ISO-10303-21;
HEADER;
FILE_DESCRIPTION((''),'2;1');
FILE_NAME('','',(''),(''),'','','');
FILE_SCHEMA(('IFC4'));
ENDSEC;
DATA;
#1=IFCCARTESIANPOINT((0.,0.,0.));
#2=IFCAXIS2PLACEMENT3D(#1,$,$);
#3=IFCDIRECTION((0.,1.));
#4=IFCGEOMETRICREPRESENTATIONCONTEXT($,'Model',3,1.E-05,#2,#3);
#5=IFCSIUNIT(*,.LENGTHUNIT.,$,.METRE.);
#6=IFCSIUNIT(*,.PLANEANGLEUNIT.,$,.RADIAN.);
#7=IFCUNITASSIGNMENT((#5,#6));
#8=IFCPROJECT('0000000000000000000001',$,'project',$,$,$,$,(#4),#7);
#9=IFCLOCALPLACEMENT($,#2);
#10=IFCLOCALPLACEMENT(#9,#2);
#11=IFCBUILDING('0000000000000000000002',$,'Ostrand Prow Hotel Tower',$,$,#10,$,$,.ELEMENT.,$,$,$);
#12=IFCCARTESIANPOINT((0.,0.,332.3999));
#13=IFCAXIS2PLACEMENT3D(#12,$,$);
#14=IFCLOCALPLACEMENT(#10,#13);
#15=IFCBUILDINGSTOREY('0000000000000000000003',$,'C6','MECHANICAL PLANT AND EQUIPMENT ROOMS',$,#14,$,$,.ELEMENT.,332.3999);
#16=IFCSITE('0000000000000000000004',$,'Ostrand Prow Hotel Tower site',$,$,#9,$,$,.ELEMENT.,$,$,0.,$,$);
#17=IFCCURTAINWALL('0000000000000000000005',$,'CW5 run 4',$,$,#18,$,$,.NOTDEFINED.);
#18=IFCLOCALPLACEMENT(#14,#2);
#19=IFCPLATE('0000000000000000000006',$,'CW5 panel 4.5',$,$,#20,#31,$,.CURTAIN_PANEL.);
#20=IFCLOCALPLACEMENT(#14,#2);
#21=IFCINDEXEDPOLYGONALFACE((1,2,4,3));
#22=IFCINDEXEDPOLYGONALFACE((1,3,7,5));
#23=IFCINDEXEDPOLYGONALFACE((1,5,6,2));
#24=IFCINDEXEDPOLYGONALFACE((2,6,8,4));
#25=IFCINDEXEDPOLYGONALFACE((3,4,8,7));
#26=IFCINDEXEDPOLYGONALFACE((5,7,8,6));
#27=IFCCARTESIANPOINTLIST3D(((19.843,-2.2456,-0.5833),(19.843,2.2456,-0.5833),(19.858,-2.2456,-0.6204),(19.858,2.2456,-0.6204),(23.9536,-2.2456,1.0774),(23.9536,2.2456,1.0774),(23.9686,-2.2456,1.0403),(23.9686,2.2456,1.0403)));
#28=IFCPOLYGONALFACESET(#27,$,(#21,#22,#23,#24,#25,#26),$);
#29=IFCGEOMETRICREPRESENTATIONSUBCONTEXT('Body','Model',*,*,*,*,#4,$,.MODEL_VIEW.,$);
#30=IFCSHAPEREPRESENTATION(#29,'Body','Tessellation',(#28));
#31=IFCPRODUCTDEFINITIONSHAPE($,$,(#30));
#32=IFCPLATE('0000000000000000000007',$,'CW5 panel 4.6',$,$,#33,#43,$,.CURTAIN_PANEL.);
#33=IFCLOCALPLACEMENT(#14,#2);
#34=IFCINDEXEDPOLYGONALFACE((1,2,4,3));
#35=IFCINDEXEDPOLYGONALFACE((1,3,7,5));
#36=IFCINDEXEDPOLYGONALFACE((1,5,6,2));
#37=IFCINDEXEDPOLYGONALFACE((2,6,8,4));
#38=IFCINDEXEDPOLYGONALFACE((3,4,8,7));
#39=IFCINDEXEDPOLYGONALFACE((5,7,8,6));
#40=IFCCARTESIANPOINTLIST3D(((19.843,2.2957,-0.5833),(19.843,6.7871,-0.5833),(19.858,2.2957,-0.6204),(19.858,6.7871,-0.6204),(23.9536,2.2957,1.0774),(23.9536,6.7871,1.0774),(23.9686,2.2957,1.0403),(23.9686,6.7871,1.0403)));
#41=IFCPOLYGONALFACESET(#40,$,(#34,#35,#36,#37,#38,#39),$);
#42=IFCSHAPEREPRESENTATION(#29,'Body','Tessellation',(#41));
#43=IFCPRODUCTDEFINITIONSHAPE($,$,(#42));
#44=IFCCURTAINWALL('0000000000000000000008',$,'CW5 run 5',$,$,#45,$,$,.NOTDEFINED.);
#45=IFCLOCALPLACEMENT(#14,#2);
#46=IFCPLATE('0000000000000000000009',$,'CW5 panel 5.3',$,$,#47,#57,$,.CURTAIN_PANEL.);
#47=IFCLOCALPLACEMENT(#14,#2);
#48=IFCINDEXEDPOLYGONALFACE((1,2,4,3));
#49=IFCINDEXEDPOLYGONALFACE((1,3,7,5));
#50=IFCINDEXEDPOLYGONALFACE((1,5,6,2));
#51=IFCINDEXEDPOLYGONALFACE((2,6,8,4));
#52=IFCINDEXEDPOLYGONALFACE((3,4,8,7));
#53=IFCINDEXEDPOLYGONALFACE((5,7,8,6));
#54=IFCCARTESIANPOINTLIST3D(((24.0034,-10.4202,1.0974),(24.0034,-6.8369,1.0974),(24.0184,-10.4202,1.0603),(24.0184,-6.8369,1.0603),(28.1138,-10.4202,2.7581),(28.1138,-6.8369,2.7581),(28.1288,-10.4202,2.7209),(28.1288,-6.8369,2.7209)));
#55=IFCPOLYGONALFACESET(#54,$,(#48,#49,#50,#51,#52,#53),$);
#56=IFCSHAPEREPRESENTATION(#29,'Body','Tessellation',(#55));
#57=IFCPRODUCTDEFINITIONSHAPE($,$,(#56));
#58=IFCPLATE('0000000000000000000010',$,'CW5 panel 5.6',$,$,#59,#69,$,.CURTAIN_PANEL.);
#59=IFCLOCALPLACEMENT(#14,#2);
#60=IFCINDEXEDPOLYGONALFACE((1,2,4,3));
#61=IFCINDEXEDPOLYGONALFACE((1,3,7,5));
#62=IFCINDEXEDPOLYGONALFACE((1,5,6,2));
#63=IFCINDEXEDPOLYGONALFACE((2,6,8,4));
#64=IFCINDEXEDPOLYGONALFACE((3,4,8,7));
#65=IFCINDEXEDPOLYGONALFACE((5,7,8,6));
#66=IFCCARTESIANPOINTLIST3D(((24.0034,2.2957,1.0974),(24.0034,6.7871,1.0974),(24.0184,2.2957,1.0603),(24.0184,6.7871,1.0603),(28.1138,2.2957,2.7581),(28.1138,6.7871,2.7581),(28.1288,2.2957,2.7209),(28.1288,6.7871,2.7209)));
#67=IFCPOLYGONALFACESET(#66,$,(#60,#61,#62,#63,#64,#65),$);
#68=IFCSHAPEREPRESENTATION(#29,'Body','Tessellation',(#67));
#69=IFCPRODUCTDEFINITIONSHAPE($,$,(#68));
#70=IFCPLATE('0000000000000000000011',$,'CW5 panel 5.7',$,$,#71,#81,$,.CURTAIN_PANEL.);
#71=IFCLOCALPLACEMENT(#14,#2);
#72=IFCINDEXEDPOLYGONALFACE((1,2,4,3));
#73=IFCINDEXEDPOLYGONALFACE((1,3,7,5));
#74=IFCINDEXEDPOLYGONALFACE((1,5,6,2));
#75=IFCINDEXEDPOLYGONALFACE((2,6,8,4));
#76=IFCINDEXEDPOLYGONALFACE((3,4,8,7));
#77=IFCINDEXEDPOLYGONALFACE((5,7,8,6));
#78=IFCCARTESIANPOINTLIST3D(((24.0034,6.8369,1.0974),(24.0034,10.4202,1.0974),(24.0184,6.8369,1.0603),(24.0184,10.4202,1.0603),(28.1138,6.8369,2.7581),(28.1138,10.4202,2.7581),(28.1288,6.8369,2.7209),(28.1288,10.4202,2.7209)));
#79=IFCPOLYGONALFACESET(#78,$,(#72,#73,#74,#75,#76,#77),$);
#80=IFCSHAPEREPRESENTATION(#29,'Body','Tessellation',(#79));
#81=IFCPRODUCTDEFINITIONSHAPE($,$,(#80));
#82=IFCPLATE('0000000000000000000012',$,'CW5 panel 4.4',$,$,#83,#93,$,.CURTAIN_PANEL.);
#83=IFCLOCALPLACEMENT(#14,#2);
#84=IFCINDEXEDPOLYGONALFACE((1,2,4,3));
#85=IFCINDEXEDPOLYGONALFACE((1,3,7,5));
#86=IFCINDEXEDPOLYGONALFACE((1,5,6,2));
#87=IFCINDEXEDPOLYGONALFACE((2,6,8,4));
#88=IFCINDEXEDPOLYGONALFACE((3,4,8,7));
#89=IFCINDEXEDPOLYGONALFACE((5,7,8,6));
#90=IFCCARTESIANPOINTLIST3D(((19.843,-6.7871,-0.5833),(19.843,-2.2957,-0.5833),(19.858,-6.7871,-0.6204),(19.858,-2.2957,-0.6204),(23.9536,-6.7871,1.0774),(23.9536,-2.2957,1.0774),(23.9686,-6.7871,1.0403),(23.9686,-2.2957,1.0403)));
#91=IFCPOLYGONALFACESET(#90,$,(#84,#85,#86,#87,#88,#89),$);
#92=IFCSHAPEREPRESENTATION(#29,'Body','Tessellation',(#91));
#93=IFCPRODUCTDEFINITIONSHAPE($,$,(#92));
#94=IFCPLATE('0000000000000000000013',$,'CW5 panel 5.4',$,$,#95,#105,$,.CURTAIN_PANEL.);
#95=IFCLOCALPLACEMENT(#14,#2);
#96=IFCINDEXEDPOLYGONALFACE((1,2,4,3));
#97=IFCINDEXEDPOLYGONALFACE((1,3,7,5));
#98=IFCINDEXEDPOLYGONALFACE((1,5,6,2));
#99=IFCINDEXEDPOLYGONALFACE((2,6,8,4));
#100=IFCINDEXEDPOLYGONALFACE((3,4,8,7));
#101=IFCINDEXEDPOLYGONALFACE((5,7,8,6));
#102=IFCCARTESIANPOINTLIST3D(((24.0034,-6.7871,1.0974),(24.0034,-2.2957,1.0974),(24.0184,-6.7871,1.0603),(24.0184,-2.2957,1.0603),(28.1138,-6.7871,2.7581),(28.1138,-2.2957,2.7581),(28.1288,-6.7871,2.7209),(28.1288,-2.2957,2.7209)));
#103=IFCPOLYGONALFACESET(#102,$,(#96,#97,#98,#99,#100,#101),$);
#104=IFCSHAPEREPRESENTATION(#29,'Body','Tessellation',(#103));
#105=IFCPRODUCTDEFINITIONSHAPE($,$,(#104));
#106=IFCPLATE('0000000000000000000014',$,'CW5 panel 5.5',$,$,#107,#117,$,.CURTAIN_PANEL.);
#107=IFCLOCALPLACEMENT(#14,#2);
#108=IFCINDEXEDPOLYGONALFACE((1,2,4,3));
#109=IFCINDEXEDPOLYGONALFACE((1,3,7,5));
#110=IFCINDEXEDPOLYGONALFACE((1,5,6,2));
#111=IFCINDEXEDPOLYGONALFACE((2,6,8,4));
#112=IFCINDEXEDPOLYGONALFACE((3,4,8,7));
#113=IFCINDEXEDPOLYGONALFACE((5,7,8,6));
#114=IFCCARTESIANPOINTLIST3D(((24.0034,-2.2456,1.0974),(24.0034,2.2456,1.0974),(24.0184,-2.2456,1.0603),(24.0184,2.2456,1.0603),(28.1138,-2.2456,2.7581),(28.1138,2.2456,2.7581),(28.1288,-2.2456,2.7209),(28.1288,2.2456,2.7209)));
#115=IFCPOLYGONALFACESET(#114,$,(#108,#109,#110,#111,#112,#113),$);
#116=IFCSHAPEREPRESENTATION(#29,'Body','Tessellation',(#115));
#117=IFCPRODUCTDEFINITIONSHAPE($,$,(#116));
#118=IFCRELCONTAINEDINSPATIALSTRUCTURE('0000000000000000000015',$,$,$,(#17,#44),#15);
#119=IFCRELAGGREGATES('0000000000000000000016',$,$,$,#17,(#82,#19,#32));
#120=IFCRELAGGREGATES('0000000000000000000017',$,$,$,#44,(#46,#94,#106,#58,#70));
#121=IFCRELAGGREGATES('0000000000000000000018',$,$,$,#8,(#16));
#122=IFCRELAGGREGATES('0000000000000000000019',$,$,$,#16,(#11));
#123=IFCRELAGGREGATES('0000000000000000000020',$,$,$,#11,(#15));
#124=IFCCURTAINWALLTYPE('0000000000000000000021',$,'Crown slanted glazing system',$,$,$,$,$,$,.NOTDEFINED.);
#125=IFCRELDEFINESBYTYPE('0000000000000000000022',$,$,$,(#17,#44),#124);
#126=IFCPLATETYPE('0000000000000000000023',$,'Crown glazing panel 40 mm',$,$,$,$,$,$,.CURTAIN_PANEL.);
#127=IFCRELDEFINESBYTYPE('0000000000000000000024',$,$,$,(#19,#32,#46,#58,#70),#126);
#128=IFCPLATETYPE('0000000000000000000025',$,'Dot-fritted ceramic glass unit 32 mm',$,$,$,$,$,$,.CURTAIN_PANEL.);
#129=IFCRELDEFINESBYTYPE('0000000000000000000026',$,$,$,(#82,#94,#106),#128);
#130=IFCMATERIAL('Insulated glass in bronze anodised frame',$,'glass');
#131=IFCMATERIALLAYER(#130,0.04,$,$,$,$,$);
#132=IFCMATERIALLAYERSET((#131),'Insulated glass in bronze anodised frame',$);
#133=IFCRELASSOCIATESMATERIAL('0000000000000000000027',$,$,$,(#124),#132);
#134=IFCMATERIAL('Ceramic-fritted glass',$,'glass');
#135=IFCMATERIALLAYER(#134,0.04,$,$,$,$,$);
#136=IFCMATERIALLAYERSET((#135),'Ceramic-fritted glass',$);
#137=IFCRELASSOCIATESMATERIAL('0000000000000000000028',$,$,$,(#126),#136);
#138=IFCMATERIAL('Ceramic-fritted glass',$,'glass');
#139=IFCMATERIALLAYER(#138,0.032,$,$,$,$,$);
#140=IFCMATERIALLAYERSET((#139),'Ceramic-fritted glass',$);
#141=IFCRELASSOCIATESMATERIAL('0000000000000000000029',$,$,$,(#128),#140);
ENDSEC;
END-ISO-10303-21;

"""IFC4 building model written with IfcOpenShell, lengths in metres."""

from ifc_helpers import new_model, si_unit, direction, frame, origin, place, context, subcontext, project, spatial, polyline, outline, extrude, material, layer, layer_set, type_object, element, aggregate, save


model = new_model("IFC4")

# Units and contexts
model_context = context("Model", 3, precision=1e-05, world=origin(), true_north=direction((0.0, 1.0)))
body_context = subcontext(model_context, "Body", "Model", "MODEL_VIEW")
ifc_project = project(units=[si_unit("LENGTHUNIT", "METRE"), si_unit("PLANEANGLEUNIT", "RADIAN")], contexts=[model_context])

# Site, building, storey
site_placement = place(None, origin())
site = spatial("IfcSite", under=ifc_project, at=site_placement, Name="Ostrand Prow Hotel Tower site", CompositionType="ELEMENT", RefElevation=0.0)
building_placement = place(site_placement, origin())
building = spatial("IfcBuilding", under=site, at=building_placement, Name="Ostrand Prow Hotel Tower", CompositionType="ELEMENT")
storey_placement = place(building_placement, frame((0.0, 0.0, 332.3999)))
storey = spatial("IfcBuildingStorey", under=building, at=storey_placement, Name="C6", Description="MECHANICAL PLANT AND EQUIPMENT ROOMS", CompositionType="ELEMENT", Elevation=332.3999)

# Curtain walls, plates
ifc_material_1 = material(Name="Insulated glass in bronze anodised frame", Category="glass")
ifc_layer_1 = layer(ifc_material_1, 0.04)
ifc_layer_set_1 = layer_set([ifc_layer_1], Name="Insulated glass in bronze anodised frame")
curtain_wall_type = type_object("IfcCurtainWallType", Name="Crown slanted glazing system", PredefinedType="NOTDEFINED", material=ifc_layer_set_1)
curtain_wall_1_placement = place(storey_placement, origin())
curtain_wall_1 = element("IfcCurtainWall", 1, at=curtain_wall_1_placement, inside=storey, type_object=curtain_wall_type, Name="CW5 run 4", PredefinedType="NOTDEFINED")
ifc_material_2 = material(Name="Ceramic-fritted glass", Category="glass")
ifc_layer_2 = layer(ifc_material_2, 0.04)
ifc_layer_set_2 = layer_set([ifc_layer_2], Name="Ceramic-fritted glass")
plate_type_1 = type_object("IfcPlateType", Name="Crown glazing panel 40 mm", PredefinedType="CURTAIN_PANEL", material=ifc_layer_set_2)
plate_1_placement = place(storey_placement, frame((19.843, -2.2456, -0.5833), z_axis=(-0.374579, 0.0, 0.927195), x_axis=(0.927195, 0.0, 0.374579)))
plate_1 = element("IfcPlate", 2, at=plate_1_placement, type_object=plate_type_1, Name="CW5 panel 4.5", PredefinedType="CURTAIN_PANEL", context=body_context, shape_type="SweptSolid", body=[
    extrude(outline(polyline([(0.0, 0.0), (4.4334, 0.0), (4.4334, 4.4912), (0.0, 4.4912), (0.0, 0.0)])), origin(), (0.0, 0.0, -1.0), 0.04),
])
plate_2_placement = place(storey_placement, frame((19.843, 2.2957, -0.5833), z_axis=(-0.374579, 0.0, 0.927195), x_axis=(0.927195, 0.0, 0.374579)))
plate_2 = element("IfcPlate", 3, at=plate_2_placement, type_object=plate_type_1, Name="CW5 panel 4.6", PredefinedType="CURTAIN_PANEL", context=body_context, shape_type="SweptSolid", body=[
    extrude(outline(polyline([(0.0, 0.0), (4.4334, 0.0), (4.4334, 4.4915), (0.0, 4.4915), (0.0, 0.0)])), origin(), (0.0, 0.0, -1.0), 0.04),
])
curtain_wall_2_placement = place(storey_placement, origin())
curtain_wall_2 = element("IfcCurtainWall", 4, at=curtain_wall_2_placement, inside=storey, type_object=curtain_wall_type, Name="CW5 run 5", PredefinedType="NOTDEFINED")
plate_3_placement = place(storey_placement, frame((28.1138, -10.4202, 2.7581), z_axis=(-0.374598, 0.0, 0.927187), x_axis=(0.0, 1.0, 0.0)))
plate_3 = element("IfcPlate", 5, at=plate_3_placement, type_object=plate_type_1, Name="CW5 panel 5.3", PredefinedType="CURTAIN_PANEL", context=body_context, shape_type="SweptSolid", body=[
    extrude(outline(polyline([(0.0, 0.0), (3.5833, 0.0), (3.5833, 4.4331), (0.0, 4.4331), (0.0, 0.0)])), origin(), (0.0, 0.0, -1.0), 0.04),
])
plate_4_placement = place(storey_placement, frame((24.0034, 2.2957, 1.0974), z_axis=(-0.374598, 0.0, 0.927187), x_axis=(0.927187, 0.0, 0.374598)))
plate_4 = element("IfcPlate", 6, at=plate_4_placement, type_object=plate_type_1, Name="CW5 panel 5.6", PredefinedType="CURTAIN_PANEL", context=body_context, shape_type="SweptSolid", body=[
    extrude(outline(polyline([(0.0, 0.0), (4.4331, 0.0), (4.4331, 4.4915), (0.0, 4.4915), (0.0, 0.0)])), origin(), (0.0, 0.0, -1.0), 0.04),
])
plate_5_placement = place(storey_placement, frame((28.1138, 6.8369, 2.7581), z_axis=(-0.374598, 0.0, 0.927187), x_axis=(0.0, 1.0, 0.0)))
plate_5 = element("IfcPlate", 7, at=plate_5_placement, type_object=plate_type_1, Name="CW5 panel 5.7", PredefinedType="CURTAIN_PANEL", context=body_context, shape_type="SweptSolid", body=[
    extrude(outline(polyline([(0.0, 0.0), (3.5833, 0.0), (3.5833, 4.4331), (0.0, 4.4331), (0.0, 0.0)])), origin(), (0.0, 0.0, -1.0), 0.04),
])

# Plates
ifc_material_3 = material(Name="Ceramic-fritted glass", Category="glass")
ifc_layer_3 = layer(ifc_material_3, 0.032)
ifc_layer_set_3 = layer_set([ifc_layer_3], Name="Ceramic-fritted glass")
plate_type_2 = type_object("IfcPlateType", Name="Dot-fritted ceramic glass unit 32 mm", PredefinedType="CURTAIN_PANEL", material=ifc_layer_set_3)
plate_6_placement = place(storey_placement, frame((19.843, -6.7871, -0.5833), z_axis=(-0.374579, 0.0, 0.927195), x_axis=(0.927195, 0.0, 0.374579)))
plate_6 = element("IfcPlate", 8, at=plate_6_placement, type_object=plate_type_2, Name="CW5 panel 4.4", PredefinedType="CURTAIN_PANEL", context=body_context, shape_type="SweptSolid", body=[
    extrude(outline(polyline([(0.0, 0.0), (4.4334, 0.0), (4.4334, 4.4915), (0.0, 4.4915), (0.0, 0.0)])), origin(), (0.0, 0.0, -1.0), 0.04),
])
aggregate(curtain_wall_1, [plate_6, plate_1, plate_2])
plate_7_placement = place(storey_placement, frame((24.0034, -6.7871, 1.0974), z_axis=(-0.374598, 0.0, 0.927187), x_axis=(0.927187, 0.0, 0.374598)))
plate_7 = element("IfcPlate", 9, at=plate_7_placement, type_object=plate_type_2, Name="CW5 panel 5.4", PredefinedType="CURTAIN_PANEL", context=body_context, shape_type="SweptSolid", body=[
    extrude(outline(polyline([(0.0, 0.0), (4.4331, 0.0), (4.4331, 4.4915), (0.0, 4.4915), (0.0, 0.0)])), origin(), (0.0, 0.0, -1.0), 0.04),
])
plate_8_placement = place(storey_placement, frame((24.0034, -2.2456, 1.0974), z_axis=(-0.374598, 0.0, 0.927187), x_axis=(0.927187, 0.0, 0.374598)))
plate_8 = element("IfcPlate", 10, at=plate_8_placement, type_object=plate_type_2, Name="CW5 panel 5.5", PredefinedType="CURTAIN_PANEL", context=body_context, shape_type="SweptSolid", body=[
    extrude(outline(polyline([(0.0, 0.0), (4.4331, 0.0), (4.4331, 4.4912), (0.0, 4.4912), (0.0, 0.0)])), origin(), (0.0, 0.0, -1.0), 0.04),
])
aggregate(curtain_wall_2, [plate_3, plate_7, plate_8, plate_4, plate_5])

save(model, "model.ifc")
